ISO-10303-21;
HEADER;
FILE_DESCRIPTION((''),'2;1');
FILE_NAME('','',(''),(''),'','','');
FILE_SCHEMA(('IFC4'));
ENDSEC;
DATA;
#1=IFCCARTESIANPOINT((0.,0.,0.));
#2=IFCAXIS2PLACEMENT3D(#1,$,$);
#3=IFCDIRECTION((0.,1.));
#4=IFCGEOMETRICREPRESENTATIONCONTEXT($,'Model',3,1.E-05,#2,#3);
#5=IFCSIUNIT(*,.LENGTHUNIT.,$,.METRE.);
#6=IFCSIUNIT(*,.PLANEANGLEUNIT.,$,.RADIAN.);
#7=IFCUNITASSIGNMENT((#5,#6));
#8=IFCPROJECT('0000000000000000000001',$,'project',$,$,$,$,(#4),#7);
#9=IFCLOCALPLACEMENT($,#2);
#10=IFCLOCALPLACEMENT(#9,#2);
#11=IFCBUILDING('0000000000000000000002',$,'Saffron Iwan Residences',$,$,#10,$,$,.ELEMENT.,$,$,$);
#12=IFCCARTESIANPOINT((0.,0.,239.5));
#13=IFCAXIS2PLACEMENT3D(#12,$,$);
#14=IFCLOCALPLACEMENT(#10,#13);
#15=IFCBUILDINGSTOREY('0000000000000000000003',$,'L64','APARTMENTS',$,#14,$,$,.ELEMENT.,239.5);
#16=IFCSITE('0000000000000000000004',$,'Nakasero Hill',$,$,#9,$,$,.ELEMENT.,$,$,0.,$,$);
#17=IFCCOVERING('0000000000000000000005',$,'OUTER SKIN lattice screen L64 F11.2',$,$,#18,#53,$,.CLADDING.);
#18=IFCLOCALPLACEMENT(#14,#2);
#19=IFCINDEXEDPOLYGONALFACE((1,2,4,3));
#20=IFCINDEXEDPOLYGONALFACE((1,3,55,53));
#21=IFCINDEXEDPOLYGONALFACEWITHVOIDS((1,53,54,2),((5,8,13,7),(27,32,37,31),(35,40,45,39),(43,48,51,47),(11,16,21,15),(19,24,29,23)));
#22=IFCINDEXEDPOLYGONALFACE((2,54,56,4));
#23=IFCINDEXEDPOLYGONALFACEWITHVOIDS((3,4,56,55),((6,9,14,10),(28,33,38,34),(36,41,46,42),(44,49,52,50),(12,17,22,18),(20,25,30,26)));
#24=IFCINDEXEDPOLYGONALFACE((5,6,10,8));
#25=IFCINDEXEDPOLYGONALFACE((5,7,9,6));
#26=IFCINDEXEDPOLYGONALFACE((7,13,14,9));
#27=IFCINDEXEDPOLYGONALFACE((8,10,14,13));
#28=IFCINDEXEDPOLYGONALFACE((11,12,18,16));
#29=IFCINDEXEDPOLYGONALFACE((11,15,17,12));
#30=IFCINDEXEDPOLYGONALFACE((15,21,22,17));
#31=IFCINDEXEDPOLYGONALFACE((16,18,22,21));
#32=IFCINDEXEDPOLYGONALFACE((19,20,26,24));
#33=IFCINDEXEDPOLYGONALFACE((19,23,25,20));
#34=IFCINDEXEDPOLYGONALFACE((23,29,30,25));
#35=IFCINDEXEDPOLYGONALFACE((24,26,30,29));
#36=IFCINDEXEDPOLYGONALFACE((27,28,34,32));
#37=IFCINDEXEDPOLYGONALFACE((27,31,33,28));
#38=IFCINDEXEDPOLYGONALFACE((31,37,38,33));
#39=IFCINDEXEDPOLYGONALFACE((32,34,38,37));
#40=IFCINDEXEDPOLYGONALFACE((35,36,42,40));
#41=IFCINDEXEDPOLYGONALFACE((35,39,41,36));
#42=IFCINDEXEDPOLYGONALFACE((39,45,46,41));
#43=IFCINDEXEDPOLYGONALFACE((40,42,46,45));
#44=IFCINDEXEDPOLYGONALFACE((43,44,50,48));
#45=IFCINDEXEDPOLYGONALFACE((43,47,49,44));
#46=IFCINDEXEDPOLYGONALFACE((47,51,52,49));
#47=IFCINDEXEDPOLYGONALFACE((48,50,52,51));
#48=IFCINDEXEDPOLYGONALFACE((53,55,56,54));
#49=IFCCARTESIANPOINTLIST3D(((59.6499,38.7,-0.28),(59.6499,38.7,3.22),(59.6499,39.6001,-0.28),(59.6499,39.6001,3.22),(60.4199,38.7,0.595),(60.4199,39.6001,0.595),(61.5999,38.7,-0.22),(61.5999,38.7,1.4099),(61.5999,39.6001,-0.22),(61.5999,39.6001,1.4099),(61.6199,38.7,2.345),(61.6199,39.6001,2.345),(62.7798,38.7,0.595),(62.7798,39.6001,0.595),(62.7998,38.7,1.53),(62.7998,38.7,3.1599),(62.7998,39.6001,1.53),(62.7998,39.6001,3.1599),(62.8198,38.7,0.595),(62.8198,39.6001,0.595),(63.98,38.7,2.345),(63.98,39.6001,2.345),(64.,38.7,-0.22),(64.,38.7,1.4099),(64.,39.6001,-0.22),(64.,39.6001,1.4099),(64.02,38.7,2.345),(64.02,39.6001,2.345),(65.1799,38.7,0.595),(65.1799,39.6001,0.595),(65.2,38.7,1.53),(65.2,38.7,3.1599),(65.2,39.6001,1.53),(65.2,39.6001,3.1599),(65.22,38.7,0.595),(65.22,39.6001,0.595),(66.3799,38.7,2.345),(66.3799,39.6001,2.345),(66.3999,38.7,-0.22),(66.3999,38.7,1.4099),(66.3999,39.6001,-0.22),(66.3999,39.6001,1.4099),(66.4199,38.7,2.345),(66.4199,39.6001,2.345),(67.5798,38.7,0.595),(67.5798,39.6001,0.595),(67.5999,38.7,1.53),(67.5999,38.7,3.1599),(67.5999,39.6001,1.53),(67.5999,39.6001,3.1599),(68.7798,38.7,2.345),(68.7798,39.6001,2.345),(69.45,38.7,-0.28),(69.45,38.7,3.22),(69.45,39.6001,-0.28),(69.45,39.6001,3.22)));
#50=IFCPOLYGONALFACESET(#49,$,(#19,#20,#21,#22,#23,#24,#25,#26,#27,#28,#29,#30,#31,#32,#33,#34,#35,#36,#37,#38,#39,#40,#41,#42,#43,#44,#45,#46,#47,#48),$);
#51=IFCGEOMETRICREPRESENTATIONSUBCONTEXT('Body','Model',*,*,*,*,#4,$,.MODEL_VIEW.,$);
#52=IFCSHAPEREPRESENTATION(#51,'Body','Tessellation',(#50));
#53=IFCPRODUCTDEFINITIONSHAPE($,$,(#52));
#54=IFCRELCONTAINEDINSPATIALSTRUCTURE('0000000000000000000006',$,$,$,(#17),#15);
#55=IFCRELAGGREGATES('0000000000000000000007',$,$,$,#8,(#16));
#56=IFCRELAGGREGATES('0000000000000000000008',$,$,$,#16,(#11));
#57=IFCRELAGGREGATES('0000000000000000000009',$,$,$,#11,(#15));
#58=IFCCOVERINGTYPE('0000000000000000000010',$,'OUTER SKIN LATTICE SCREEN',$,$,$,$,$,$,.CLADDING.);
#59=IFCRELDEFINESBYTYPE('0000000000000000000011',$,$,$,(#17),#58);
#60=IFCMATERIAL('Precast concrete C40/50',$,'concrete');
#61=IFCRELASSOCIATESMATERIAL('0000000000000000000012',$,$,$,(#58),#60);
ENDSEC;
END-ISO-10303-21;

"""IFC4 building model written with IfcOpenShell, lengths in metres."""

from ifc_helpers import new_model, si_unit, direction, frame, origin, place, context, subcontext, project, spatial, polyline, outline, extrude, material, type_object, element, save


model = new_model("IFC4")

# Units and contexts
model_context = context("Model", 3, precision=1e-05, world=origin(), true_north=direction((0.0, 1.0)))
body_context = subcontext(model_context, "Body", "Model", "MODEL_VIEW")
ifc_project = project(units=[si_unit("LENGTHUNIT", "METRE"), si_unit("PLANEANGLEUNIT", "RADIAN")], contexts=[model_context])

# Site, building, storey
site_placement = place(None, origin())
site = spatial("IfcSite", under=ifc_project, at=site_placement, Name="Nakasero Hill", CompositionType="ELEMENT", RefElevation=0.0)
building_placement = place(site_placement, origin())
building = spatial("IfcBuilding", under=site, at=building_placement, Name="Saffron Iwan Residences", CompositionType="ELEMENT")
storey_placement = place(building_placement, frame((0.0, 0.0, 239.5)))
storey = spatial("IfcBuildingStorey", under=building, at=storey_placement, Name="L64", Description="APARTMENTS", CompositionType="ELEMENT", Elevation=239.5)

# Covering
ifc_material_1 = material(Name="Precast concrete C40/50", Category="concrete")
covering_type = type_object("IfcCoveringType", Name="OUTER SKIN LATTICE SCREEN", PredefinedType="CLADDING", material=ifc_material_1)
covering_placement = place(storey_placement, frame((59.6499, 39.6001, -0.28), z_axis=(0.0, -1.0, 0.0), x_axis=(1.0, 0.0, 0.0)))
element("IfcCovering", 1, at=covering_placement, inside=storey, type_object=covering_type, Name="OUTER SKIN lattice screen L64 F11.2", PredefinedType="CLADDING", context=body_context, shape_type="SweptSolid", body=[
    extrude(outline(polyline([(0.0, 0.0), (9.8, 0.0), (9.8, 3.5), (0.0, 3.5), (0.0, 0.0)]), holes=[polyline([(0.77, 0.875), (1.95, 0.0601), (3.1299, 0.875), (1.95, 1.6899), (0.77, 0.875)]), polyline([(3.1699, 0.875), (4.3501, 0.0601), (5.53, 0.875), (4.3501, 1.6899), (3.1699, 0.875)]), polyline([(5.5701, 0.875), (6.75, 0.0601), (7.9299, 0.875), (6.75, 1.6899), (5.5701, 0.875)]), polyline([(1.97, 2.625), (3.1499, 1.8101), (4.3301, 2.625), (3.1499, 3.4399), (1.97, 2.625)]), polyline([(4.3701, 2.625), (5.55, 1.8101), (6.73, 2.625), (5.55, 3.4399), (4.3701, 2.625)]), polyline([(6.77, 2.625), (7.95, 1.8101), (9.1299, 2.625), (7.95, 3.4399), (6.77, 2.625)])]), origin(), (0.0, 0.0, 1.0), 0.9001),
])

save(model, "model.ifc")
